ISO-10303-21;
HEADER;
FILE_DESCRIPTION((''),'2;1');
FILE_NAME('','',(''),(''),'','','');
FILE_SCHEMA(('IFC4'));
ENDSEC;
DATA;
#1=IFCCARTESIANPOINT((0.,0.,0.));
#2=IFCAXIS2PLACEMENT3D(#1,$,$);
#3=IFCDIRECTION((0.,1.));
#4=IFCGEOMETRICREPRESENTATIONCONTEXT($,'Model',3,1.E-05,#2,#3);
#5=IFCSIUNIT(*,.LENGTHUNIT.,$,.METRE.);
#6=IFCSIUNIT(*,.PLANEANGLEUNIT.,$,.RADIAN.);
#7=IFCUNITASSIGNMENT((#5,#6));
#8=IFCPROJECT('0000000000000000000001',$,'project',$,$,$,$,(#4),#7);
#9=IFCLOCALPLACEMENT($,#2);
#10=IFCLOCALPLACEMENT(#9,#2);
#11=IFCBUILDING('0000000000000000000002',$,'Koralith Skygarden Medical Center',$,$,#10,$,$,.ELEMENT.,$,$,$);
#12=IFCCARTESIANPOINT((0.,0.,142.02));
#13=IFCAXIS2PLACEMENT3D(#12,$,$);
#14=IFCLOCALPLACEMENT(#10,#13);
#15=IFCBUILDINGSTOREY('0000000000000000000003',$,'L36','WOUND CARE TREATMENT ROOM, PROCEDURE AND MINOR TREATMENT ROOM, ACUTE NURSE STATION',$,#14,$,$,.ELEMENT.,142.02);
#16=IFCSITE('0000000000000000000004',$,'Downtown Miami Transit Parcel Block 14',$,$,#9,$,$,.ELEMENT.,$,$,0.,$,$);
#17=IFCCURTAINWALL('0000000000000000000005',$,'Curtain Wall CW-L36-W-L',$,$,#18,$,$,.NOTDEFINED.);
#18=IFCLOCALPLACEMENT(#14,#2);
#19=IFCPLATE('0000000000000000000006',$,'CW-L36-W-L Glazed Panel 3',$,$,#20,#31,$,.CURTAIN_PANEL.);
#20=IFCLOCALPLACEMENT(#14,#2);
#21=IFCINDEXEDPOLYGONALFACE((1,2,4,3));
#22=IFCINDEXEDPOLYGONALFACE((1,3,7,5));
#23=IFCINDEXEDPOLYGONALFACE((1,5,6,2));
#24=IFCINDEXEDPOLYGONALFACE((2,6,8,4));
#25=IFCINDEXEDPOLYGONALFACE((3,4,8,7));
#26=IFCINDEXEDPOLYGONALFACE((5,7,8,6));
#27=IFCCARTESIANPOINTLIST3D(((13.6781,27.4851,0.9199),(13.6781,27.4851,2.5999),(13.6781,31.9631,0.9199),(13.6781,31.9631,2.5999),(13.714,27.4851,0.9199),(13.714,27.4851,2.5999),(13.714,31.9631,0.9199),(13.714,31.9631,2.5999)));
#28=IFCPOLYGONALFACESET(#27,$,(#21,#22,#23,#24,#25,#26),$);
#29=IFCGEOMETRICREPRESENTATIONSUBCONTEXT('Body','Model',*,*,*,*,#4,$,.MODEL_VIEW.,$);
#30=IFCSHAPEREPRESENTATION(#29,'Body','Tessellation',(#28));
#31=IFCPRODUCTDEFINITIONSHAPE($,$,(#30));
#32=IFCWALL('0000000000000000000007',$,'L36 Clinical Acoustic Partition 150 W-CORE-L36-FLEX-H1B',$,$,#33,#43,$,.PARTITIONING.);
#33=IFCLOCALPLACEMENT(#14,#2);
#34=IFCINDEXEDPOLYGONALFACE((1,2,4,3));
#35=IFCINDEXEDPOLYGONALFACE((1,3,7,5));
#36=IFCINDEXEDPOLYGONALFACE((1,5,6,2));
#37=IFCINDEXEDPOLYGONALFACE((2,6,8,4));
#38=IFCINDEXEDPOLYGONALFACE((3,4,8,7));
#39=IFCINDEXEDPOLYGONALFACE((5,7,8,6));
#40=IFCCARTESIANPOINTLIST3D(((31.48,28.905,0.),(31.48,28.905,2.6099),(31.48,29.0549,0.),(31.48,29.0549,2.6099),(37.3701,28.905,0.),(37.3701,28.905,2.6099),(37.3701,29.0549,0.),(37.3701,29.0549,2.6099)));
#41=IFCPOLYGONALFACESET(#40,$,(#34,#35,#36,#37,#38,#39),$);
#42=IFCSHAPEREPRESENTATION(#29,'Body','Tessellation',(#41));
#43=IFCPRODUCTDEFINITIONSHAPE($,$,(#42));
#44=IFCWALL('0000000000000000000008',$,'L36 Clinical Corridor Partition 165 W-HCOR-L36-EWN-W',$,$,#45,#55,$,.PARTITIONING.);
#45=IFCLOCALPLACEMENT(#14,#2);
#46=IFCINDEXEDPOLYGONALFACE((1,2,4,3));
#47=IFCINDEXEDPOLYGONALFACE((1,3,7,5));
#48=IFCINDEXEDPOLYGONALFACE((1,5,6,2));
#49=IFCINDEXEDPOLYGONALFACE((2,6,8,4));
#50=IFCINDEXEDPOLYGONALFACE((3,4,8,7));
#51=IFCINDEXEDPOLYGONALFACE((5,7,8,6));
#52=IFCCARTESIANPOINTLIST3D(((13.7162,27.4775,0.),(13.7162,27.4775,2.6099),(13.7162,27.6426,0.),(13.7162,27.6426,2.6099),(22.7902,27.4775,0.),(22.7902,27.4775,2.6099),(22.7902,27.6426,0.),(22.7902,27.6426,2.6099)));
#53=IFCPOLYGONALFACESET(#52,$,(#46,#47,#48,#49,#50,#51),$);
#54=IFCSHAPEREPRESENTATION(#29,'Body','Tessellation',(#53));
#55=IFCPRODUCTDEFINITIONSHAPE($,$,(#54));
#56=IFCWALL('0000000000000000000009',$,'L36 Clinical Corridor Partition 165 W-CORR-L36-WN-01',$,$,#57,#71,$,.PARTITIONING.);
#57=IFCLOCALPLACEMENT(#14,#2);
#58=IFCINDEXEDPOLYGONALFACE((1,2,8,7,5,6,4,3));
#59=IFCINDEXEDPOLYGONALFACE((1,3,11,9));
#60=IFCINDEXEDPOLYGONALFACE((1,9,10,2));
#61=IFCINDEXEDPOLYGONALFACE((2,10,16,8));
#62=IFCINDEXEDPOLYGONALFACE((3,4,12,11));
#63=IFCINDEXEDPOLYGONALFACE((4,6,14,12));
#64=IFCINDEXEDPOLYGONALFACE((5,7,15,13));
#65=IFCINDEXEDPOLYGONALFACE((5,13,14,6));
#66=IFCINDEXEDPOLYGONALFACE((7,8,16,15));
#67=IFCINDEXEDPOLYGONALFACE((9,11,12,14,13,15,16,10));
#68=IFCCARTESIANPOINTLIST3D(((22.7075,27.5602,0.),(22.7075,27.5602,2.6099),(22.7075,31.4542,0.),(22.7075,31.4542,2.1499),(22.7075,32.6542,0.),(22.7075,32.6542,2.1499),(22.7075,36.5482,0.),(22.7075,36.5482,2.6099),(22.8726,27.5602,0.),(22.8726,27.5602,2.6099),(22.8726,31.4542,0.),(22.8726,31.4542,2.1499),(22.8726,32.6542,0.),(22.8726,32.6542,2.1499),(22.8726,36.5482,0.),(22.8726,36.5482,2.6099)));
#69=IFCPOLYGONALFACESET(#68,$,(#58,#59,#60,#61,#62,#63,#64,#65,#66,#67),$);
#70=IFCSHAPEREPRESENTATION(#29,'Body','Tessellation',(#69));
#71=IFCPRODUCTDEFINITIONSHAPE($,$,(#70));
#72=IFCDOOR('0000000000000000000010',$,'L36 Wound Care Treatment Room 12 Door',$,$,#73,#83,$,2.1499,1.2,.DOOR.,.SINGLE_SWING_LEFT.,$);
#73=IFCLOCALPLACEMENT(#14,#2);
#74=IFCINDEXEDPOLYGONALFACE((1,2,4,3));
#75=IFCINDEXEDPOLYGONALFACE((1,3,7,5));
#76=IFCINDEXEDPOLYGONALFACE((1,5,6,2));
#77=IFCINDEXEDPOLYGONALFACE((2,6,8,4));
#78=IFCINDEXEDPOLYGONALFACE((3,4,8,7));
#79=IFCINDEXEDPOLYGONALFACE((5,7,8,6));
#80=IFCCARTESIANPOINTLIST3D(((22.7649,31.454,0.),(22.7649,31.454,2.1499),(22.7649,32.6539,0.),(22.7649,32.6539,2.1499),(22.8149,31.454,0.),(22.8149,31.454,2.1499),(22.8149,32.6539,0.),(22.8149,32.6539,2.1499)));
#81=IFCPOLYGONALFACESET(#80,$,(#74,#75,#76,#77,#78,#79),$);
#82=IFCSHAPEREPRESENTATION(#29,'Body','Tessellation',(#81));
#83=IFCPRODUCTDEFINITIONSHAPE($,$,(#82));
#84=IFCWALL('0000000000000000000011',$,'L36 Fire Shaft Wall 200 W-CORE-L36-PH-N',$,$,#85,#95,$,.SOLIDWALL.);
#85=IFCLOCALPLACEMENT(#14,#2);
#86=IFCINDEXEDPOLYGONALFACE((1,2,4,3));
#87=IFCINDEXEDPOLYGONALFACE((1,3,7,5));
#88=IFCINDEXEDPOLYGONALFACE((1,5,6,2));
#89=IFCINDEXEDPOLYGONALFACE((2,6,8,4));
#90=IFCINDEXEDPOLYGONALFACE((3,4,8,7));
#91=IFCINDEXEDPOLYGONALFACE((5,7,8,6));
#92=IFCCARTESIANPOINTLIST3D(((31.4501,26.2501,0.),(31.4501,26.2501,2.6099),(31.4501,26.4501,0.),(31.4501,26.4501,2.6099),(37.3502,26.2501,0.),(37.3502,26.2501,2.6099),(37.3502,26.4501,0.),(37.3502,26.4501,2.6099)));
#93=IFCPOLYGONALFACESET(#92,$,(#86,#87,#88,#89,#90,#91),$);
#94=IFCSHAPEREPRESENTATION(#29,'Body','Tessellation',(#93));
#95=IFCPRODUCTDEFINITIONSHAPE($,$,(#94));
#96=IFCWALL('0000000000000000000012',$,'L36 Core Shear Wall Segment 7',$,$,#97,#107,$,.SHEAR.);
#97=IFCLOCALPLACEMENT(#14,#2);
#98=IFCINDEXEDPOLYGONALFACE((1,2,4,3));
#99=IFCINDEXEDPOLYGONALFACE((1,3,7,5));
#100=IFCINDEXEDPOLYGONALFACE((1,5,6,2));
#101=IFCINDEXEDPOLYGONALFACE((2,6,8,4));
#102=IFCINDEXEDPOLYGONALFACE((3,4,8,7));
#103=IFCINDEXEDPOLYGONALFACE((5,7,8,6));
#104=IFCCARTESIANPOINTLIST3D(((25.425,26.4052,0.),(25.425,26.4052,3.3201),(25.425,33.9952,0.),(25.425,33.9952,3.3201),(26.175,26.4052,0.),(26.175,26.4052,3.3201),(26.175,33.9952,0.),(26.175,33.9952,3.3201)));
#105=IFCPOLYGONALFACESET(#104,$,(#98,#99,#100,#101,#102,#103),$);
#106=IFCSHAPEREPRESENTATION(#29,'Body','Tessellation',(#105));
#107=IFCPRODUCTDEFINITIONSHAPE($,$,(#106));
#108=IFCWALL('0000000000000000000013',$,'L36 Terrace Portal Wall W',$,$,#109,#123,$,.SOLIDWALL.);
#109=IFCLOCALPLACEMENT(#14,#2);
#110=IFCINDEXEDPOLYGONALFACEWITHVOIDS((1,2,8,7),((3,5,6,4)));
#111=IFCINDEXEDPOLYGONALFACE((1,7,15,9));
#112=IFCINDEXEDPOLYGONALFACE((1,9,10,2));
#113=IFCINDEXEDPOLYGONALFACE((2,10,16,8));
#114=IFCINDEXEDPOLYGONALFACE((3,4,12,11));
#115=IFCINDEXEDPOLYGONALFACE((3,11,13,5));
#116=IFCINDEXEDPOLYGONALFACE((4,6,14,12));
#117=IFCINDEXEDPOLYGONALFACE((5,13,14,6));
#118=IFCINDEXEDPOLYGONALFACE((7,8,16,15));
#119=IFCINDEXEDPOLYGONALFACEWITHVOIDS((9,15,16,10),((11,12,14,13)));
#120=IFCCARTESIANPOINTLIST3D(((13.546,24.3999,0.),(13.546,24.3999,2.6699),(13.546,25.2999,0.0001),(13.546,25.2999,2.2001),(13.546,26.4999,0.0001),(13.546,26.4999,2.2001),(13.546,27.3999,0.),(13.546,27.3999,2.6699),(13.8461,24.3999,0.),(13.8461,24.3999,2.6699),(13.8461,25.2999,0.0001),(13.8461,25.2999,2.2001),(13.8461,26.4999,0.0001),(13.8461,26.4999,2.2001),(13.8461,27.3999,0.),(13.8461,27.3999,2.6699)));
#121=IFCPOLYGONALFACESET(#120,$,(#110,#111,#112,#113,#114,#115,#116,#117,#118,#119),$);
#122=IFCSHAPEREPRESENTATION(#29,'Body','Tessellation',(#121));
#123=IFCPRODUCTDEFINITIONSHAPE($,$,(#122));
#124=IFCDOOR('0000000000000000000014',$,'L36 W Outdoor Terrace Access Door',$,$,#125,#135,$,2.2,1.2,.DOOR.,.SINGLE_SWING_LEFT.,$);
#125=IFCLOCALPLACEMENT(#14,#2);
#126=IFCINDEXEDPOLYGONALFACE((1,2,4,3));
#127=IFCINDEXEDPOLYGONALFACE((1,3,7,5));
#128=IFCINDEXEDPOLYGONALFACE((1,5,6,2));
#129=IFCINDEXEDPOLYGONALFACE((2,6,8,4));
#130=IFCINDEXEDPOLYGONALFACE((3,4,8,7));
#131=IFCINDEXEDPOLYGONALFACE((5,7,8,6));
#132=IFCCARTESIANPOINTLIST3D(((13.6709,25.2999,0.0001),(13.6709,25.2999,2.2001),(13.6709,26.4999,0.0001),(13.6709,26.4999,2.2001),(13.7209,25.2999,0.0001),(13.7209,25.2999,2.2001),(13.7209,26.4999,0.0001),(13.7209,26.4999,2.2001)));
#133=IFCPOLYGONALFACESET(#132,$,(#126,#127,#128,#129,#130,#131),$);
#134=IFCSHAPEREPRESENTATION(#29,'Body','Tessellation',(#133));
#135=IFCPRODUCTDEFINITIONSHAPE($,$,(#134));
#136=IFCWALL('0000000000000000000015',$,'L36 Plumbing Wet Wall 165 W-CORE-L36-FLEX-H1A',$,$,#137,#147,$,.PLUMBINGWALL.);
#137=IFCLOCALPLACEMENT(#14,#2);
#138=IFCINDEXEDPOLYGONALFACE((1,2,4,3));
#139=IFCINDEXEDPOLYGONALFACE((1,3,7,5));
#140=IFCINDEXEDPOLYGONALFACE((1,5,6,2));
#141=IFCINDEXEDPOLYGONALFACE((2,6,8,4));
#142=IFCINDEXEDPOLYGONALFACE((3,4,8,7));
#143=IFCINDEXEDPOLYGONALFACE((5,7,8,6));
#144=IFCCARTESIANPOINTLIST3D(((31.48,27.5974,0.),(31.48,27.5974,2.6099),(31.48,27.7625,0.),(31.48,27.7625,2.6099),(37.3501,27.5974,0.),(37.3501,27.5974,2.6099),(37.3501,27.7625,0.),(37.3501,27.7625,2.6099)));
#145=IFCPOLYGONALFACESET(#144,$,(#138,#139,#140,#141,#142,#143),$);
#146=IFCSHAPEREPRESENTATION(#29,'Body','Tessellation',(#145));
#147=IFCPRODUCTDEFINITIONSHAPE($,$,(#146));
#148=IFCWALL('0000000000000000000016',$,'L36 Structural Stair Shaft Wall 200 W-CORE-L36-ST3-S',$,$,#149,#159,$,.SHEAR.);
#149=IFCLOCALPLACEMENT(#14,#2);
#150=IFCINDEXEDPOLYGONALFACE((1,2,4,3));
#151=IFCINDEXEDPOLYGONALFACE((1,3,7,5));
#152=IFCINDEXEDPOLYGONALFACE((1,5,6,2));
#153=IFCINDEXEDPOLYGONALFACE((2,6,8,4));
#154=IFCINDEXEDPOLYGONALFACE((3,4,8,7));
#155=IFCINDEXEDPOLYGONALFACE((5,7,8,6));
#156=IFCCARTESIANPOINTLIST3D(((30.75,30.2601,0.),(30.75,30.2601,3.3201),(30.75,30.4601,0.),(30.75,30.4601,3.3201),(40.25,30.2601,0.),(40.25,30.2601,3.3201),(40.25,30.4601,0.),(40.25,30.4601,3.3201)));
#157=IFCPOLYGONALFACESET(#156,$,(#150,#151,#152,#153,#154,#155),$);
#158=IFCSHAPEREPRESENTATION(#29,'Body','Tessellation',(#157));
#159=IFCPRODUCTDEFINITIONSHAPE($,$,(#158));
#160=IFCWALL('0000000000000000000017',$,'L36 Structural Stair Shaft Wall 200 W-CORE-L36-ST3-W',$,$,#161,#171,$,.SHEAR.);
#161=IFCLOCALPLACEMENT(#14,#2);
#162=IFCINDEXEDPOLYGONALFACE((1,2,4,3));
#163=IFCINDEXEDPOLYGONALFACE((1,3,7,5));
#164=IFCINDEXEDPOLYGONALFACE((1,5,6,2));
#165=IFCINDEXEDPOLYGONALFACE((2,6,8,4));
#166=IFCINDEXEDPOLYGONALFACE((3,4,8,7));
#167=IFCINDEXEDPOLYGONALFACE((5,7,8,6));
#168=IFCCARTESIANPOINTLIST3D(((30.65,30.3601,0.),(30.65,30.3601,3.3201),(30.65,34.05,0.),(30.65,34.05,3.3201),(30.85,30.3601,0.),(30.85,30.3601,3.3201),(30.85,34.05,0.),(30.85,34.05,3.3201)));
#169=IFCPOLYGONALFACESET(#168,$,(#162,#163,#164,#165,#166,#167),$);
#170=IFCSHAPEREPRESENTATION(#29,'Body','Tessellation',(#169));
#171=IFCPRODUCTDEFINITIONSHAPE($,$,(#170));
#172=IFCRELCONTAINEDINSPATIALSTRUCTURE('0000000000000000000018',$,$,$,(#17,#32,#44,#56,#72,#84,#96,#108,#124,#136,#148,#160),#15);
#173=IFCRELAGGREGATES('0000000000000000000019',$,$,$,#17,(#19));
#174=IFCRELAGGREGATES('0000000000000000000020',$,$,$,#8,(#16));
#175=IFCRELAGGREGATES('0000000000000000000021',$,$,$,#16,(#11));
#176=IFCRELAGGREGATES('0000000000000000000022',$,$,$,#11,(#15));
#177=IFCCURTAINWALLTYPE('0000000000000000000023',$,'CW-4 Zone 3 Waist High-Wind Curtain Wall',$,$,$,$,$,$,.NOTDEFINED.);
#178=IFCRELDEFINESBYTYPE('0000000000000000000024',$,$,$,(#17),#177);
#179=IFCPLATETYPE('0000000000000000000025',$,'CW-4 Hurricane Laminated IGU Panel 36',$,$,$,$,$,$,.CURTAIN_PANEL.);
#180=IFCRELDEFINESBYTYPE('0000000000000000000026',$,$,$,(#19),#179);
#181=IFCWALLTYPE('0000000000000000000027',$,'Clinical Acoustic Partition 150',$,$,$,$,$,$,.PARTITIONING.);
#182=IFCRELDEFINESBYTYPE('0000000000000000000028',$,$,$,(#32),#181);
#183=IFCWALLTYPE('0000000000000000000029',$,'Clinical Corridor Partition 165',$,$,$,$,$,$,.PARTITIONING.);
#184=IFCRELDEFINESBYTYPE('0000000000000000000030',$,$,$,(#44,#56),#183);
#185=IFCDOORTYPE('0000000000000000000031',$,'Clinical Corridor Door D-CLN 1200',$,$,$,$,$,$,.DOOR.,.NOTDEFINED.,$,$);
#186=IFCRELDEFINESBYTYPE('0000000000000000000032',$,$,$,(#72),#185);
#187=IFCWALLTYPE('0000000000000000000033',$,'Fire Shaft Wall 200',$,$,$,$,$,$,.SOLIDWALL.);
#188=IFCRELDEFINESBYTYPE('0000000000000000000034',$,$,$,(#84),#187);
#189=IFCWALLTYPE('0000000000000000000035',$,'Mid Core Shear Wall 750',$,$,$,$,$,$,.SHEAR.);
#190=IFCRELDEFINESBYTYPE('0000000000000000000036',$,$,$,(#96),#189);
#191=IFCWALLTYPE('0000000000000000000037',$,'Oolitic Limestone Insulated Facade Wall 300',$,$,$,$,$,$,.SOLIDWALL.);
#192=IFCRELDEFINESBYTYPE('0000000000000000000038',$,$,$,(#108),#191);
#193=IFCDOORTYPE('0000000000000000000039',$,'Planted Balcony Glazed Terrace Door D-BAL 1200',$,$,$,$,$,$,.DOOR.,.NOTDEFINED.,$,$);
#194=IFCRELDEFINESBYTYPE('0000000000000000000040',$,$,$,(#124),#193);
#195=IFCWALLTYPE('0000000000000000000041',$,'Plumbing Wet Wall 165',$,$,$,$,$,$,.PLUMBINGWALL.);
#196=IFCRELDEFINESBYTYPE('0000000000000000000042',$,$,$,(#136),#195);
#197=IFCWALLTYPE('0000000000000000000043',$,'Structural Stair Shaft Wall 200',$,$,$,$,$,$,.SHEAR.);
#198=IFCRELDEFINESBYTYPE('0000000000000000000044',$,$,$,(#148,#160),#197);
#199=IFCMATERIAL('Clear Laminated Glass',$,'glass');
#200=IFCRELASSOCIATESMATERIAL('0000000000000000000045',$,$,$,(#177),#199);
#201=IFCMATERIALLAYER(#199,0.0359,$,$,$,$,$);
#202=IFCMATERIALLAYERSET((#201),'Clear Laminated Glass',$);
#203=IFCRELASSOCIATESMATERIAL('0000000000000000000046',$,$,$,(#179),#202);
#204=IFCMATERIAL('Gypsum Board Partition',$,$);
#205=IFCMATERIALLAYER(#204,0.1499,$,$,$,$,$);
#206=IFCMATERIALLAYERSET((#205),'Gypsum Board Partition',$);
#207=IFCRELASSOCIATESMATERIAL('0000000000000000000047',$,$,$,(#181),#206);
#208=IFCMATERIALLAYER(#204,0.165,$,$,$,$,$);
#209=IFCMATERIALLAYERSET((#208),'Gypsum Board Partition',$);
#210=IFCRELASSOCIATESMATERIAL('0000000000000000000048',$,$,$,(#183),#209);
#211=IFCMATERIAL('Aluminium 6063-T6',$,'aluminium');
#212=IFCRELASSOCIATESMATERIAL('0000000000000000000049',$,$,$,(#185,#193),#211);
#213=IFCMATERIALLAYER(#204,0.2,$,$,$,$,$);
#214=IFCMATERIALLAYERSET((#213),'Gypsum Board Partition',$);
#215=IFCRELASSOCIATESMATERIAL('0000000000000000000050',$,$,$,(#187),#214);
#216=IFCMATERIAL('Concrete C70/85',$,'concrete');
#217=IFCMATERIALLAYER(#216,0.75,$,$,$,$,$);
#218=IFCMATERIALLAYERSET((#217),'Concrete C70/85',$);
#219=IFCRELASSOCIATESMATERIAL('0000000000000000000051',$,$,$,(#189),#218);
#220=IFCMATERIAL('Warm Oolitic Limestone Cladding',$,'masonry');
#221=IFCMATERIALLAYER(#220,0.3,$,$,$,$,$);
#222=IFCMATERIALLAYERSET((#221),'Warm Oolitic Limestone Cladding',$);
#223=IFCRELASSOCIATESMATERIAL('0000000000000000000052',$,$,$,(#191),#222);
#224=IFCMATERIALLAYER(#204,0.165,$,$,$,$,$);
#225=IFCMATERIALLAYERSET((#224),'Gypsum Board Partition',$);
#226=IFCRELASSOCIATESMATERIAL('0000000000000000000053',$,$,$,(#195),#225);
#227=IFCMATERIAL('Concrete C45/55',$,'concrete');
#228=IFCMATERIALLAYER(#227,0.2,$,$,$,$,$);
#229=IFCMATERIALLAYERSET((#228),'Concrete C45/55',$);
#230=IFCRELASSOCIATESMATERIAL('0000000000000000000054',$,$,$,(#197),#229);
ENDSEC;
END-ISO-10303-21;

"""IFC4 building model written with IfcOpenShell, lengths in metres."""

from ifc_helpers import new_model, si_unit, direction, frame, frame_2d, origin, origin_2d, place, context, subcontext, project, spatial, rectangle, extrude, material, layer, layer_set, type_object, element, fill, aggregate, save


model = new_model("IFC4")

# Units and contexts
model_context = context("Model", 3, precision=1e-05, world=origin(), true_north=direction((0.0, 1.0)))
body_context = subcontext(model_context, "Body", "Model", "MODEL_VIEW")
ifc_project = project(units=[si_unit("LENGTHUNIT", "METRE"), si_unit("PLANEANGLEUNIT", "RADIAN")], contexts=[model_context])

# Site, building, storey
site_placement = place(None, origin())
site = spatial("IfcSite", under=ifc_project, at=site_placement, Name="Downtown Miami Transit Parcel Block 14", CompositionType="ELEMENT", RefElevation=0.0)
building_placement = place(site_placement, origin())
building = spatial("IfcBuilding", under=site, at=building_placement, Name="Koralith Skygarden Medical Center", CompositionType="ELEMENT")
storey_placement = place(building_placement, frame((0.0, 0.0, 142.02)))
storey = spatial("IfcBuildingStorey", under=building, at=storey_placement, Name="L36", Description="WOUND CARE TREATMENT ROOM, PROCEDURE AND MINOR TREATMENT ROOM, ACUTE NURSE STATION", CompositionType="ELEMENT", Elevation=142.02)

# Shared definitions
ifc_material_1 = material(Name="Concrete C70/85", Category="concrete")

# Curtain wall
ifc_material_2 = material(Name="Clear Laminated Glass", Category="glass")
curtain_wall_type = type_object("IfcCurtainWallType", Name="CW-4 Zone 3 Waist High-Wind Curtain Wall", PredefinedType="NOTDEFINED", material=ifc_material_2)
curtain_wall_placement = place(storey_placement, origin())
curtain_wall = element("IfcCurtainWall", 1, at=curtain_wall_placement, inside=storey, type_object=curtain_wall_type, Name="Curtain Wall CW-L36-W-L", PredefinedType="NOTDEFINED")
ifc_material_3 = material(Name="Aluminium 6063-T6", Category="aluminium")

# Shared definitions
ifc_material_4 = material(Name="Concrete C45/55", Category="concrete")

# Plate
ifc_layer_1 = layer(ifc_material_2, 0.0359)
ifc_layer_set_1 = layer_set([ifc_layer_1], Name="Clear Laminated Glass")
plate_type = type_object("IfcPlateType", Name="CW-4 Hurricane Laminated IGU Panel 36", PredefinedType="CURTAIN_PANEL", material=ifc_layer_set_1)
plate_1_placement = place(storey_placement, frame((13.696, 29.7241, 0.9199), z_axis=(0.0, 0.0, 1.0), x_axis=(0.0, -1.0, 0.0)))
plate_1 = element("IfcPlate", 2, at=plate_1_placement, type_object=plate_type, Name="CW-L36-W-L Glazed Panel 3", PredefinedType="CURTAIN_PANEL", context=body_context, shape_type="SweptSolid", body=[
    extrude(rectangle(XDim=4.478, YDim=0.0359, at=origin_2d()), origin(), (0.0, 0.0, 1.0), 1.6799),
])
aggregate(curtain_wall, [plate_1])

# Walls
ifc_material_5 = material(Name="Gypsum Board Partition")
ifc_layer_2 = layer(ifc_material_5, 0.1499)
ifc_layer_set_2 = layer_set([ifc_layer_2], Name="Gypsum Board Partition")
wall_type_1 = type_object("IfcWallType", Name="Clinical Acoustic Partition 150", PredefinedType="PARTITIONING", material=ifc_layer_set_2)
wall_1_placement = place(storey_placement, frame((31.48, 28.98, 0.0), z_axis=(0.0, 0.0, 1.0), x_axis=(1.0, 0.0, 0.0)))
element("IfcWall", 3, at=wall_1_placement, inside=storey, type_object=wall_type_1, Name="L36 Clinical Acoustic Partition 150 W-CORE-L36-FLEX-H1B", PredefinedType="PARTITIONING", context=body_context, shape_type="SweptSolid", body=[
    extrude(rectangle(XDim=5.8901, YDim=0.1499, at=frame_2d((2.9451, 0.0))), origin(), (0.0, 0.0, 1.0), 2.6099),
])
ifc_layer_3 = layer(ifc_material_5, 0.165)
ifc_layer_set_3 = layer_set([ifc_layer_3], Name="Gypsum Board Partition")
wall_type_2 = type_object("IfcWallType", Name="Clinical Corridor Partition 165", PredefinedType="PARTITIONING", material=ifc_layer_set_3)
wall_2_placement = place(storey_placement, frame((13.7161, 27.5601, 0.0), z_axis=(0.0, 0.0, 1.0), x_axis=(1.0, 0.0, 0.0)))
element("IfcWall", 4, at=wall_2_placement, inside=storey, type_object=wall_type_2, Name="L36 Clinical Corridor Partition 165 W-HCOR-L36-EWN-W", PredefinedType="PARTITIONING", context=body_context, shape_type="SweptSolid", body=[
    extrude(rectangle(XDim=9.074, YDim=0.165, at=frame_2d((4.5371, 0.0))), origin(), (0.0, 0.0, 1.0), 2.6099),
])

# Wall, opening, door
wall_3_placement = place(storey_placement, frame((22.79, 27.5601, 0.0), z_axis=(0.0, 0.0, 1.0), x_axis=(0.0, 1.0, 0.0)))
wall_3 = element("IfcWall", 5, at=wall_3_placement, inside=storey, type_object=wall_type_2, Name="L36 Clinical Corridor Partition 165 W-CORR-L36-WN-01", PredefinedType="PARTITIONING", context=body_context, shape_type="SweptSolid", body=[
    extrude(rectangle(XDim=8.988, YDim=0.165, at=frame_2d((4.4941, 0.0))), origin(), (0.0, 0.0, 1.0), 2.6099),
])
opening_1_placement = place(wall_3_placement, frame((3.894, 0.0, 0.0)))
opening_1 = element("IfcOpeningElement", 6, at=opening_1_placement, cuts=wall_3, PredefinedType="OPENING", context=body_context, shape_type="SweptSolid", body=[
    extrude(rectangle(XDim=1.2, YDim=2.1499, at=frame_2d((0.6001, 1.075))), frame((0.0, 0.0925, 0.0), z_axis=(0.0, -1.0, 0.0), x_axis=(1.0, 0.0, 0.0)), (0.0, 0.0, 1.0), 0.1851),
])
door_type_1 = type_object("IfcDoorType", Name="Clinical Corridor Door D-CLN 1200", OperationType="NOTDEFINED", PredefinedType="DOOR", material=ifc_material_3)
door_1_placement = place(opening_1_placement, frame((1.2, 0.0, 0.0), z_axis=(0.0, 0.0, 1.0), x_axis=(-1.0, 0.0, 0.0)))
door_1 = element("IfcDoor", 7, at=door_1_placement, inside=storey, type_object=door_type_1, Name="L36 Wound Care Treatment Room 12 Door", OperationType="SINGLE_SWING_LEFT", OverallHeight=2.1499, OverallWidth=1.2, PredefinedType="DOOR", context=body_context, shape_type="SweptSolid", body=[
    extrude(rectangle(XDim=1.2, YDim=2.1499, at=frame_2d((0.6001, 1.075))), frame((0.0, 0.0249, 0.0), z_axis=(0.0, -1.0, 0.0), x_axis=(1.0, 0.0, 0.0)), (0.0, 0.0, 1.0), 0.05),
])
fill(opening_1, door_1)

# Walls
ifc_layer_4 = layer(ifc_material_5, 0.2)
ifc_layer_set_4 = layer_set([ifc_layer_4], Name="Gypsum Board Partition")
wall_type_3 = type_object("IfcWallType", Name="Fire Shaft Wall 200", PredefinedType="SOLIDWALL", material=ifc_layer_set_4)
wall_4_placement = place(storey_placement, frame((31.45, 26.3501, 0.0), z_axis=(0.0, 0.0, 1.0), x_axis=(1.0, 0.0, 0.0)))
element("IfcWall", 8, at=wall_4_placement, inside=storey, type_object=wall_type_3, Name="L36 Fire Shaft Wall 200 W-CORE-L36-PH-N", PredefinedType="SOLIDWALL", context=body_context, shape_type="SweptSolid", body=[
    extrude(rectangle(XDim=5.9001, YDim=0.2, at=frame_2d((2.9502, 0.0))), origin(), (0.0, 0.0, 1.0), 2.6099),
])
ifc_layer_5 = layer(ifc_material_1, 0.75)
ifc_layer_set_5 = layer_set([ifc_layer_5], Name="Concrete C70/85")
wall_type_4 = type_object("IfcWallType", Name="Mid Core Shear Wall 750", PredefinedType="SHEAR", material=ifc_layer_set_5)
wall_5_placement = place(storey_placement, frame((25.8, 33.9951, 0.0), z_axis=(0.0, 0.0, 1.0), x_axis=(0.0, -1.0, 0.0)))
element("IfcWall", 9, at=wall_5_placement, inside=storey, type_object=wall_type_4, Name="L36 Core Shear Wall Segment 7", PredefinedType="SHEAR", context=body_context, shape_type="SweptSolid", body=[
    extrude(rectangle(XDim=7.5901, YDim=0.75, at=frame_2d((3.7949, 0.0))), origin(), (0.0, 0.0, 1.0), 3.3201),
])

# Wall, opening, door
ifc_material_6 = material(Name="Warm Oolitic Limestone Cladding", Category="masonry")
ifc_layer_6 = layer(ifc_material_6, 0.3)
ifc_layer_set_6 = layer_set([ifc_layer_6], Name="Warm Oolitic Limestone Cladding")
wall_type_5 = type_object("IfcWallType", Name="Oolitic Limestone Insulated Facade Wall 300", PredefinedType="SOLIDWALL", material=ifc_layer_set_6)
wall_6_placement = place(storey_placement, frame((13.696, 27.3999, 0.0), z_axis=(0.0, 0.0, 1.0), x_axis=(0.0, -1.0, 0.0)))
wall_6 = element("IfcWall", 10, at=wall_6_placement, inside=storey, type_object=wall_type_5, Name="L36 Terrace Portal Wall W", PredefinedType="SOLIDWALL", context=body_context, shape_type="SweptSolid", body=[
    extrude(rectangle(XDim=3.0, YDim=0.3, at=frame_2d((1.5, 0.0))), origin(), (0.0, 0.0, 1.0), 2.6699),
])
opening_2_placement = place(wall_6_placement, frame((0.8999, 0.0, 0.0)))
opening_2 = element("IfcOpeningElement", 11, at=opening_2_placement, cuts=wall_6, PredefinedType="OPENING", context=body_context, shape_type="SweptSolid", body=[
    extrude(rectangle(XDim=1.2, YDim=2.2, at=frame_2d((0.6001, 1.1001))), frame((0.0, 0.1599, 0.0), z_axis=(0.0, -1.0, 0.0), x_axis=(1.0, 0.0, 0.0)), (0.0, 0.0, 1.0), 0.3201),
])
door_type_2 = type_object("IfcDoorType", Name="Planted Balcony Glazed Terrace Door D-BAL 1200", OperationType="NOTDEFINED", PredefinedType="DOOR", material=ifc_material_3)
door_2_placement = place(opening_2_placement, origin())
door_2 = element("IfcDoor", 12, at=door_2_placement, inside=storey, type_object=door_type_2, Name="L36 W Outdoor Terrace Access Door", OperationType="SINGLE_SWING_LEFT", OverallHeight=2.2, OverallWidth=1.2, PredefinedType="DOOR", context=body_context, shape_type="SweptSolid", body=[
    extrude(rectangle(XDim=1.2, YDim=2.2, at=frame_2d((0.6001, 1.1001))), frame((0.0, 0.0249, 0.0), z_axis=(0.0, -1.0, 0.0), x_axis=(1.0, 0.0, 0.0)), (0.0, 0.0, 1.0), 0.05),
])
fill(opening_2, door_2)

# Walls
ifc_layer_7 = layer(ifc_material_5, 0.165)
ifc_layer_set_7 = layer_set([ifc_layer_7], Name="Gypsum Board Partition")
wall_type_6 = type_object("IfcWallType", Name="Plumbing Wet Wall 165", PredefinedType="PLUMBINGWALL", material=ifc_layer_set_7)
wall_7_placement = place(storey_placement, frame((31.48, 27.6799, 0.0), z_axis=(0.0, 0.0, 1.0), x_axis=(1.0, 0.0, 0.0)))
element("IfcWall", 13, at=wall_7_placement, inside=storey, type_object=wall_type_6, Name="L36 Plumbing Wet Wall 165 W-CORE-L36-FLEX-H1A", PredefinedType="PLUMBINGWALL", context=body_context, shape_type="SweptSolid", body=[
    extrude(rectangle(XDim=5.8701, YDim=0.165, at=frame_2d((2.9351, 0.0))), origin(), (0.0, 0.0, 1.0), 2.6099),
])
ifc_layer_8 = layer(ifc_material_4, 0.2)
ifc_layer_set_8 = layer_set([ifc_layer_8], Name="Concrete C45/55")
wall_type_7 = type_object("IfcWallType", Name="Structural Stair Shaft Wall 200", PredefinedType="SHEAR", material=ifc_layer_set_8)
wall_8_placement = place(storey_placement, frame((30.75, 30.3601, 0.0), z_axis=(0.0, 0.0, 1.0), x_axis=(1.0, 0.0, 0.0)))
element("IfcWall", 14, at=wall_8_placement, inside=storey, type_object=wall_type_7, Name="L36 Structural Stair Shaft Wall 200 W-CORE-L36-ST3-S", PredefinedType="SHEAR", context=body_context, shape_type="SweptSolid", body=[
    extrude(rectangle(XDim=9.5, YDim=0.2, at=frame_2d((4.75, 0.0))), origin(), (0.0, 0.0, 1.0), 3.3201),
])
wall_9_placement = place(storey_placement, frame((30.75, 30.3601, 0.0), z_axis=(0.0, 0.0, 1.0), x_axis=(0.0, 1.0, 0.0)))
element("IfcWall", 15, at=wall_9_placement, inside=storey, type_object=wall_type_7, Name="L36 Structural Stair Shaft Wall 200 W-CORE-L36-ST3-W", PredefinedType="SHEAR", context=body_context, shape_type="SweptSolid", body=[
    extrude(rectangle(XDim=3.6899, YDim=0.2, at=frame_2d((1.845, 0.0))), origin(), (0.0, 0.0, 1.0), 3.3201),
])

save(model, "model.ifc")
